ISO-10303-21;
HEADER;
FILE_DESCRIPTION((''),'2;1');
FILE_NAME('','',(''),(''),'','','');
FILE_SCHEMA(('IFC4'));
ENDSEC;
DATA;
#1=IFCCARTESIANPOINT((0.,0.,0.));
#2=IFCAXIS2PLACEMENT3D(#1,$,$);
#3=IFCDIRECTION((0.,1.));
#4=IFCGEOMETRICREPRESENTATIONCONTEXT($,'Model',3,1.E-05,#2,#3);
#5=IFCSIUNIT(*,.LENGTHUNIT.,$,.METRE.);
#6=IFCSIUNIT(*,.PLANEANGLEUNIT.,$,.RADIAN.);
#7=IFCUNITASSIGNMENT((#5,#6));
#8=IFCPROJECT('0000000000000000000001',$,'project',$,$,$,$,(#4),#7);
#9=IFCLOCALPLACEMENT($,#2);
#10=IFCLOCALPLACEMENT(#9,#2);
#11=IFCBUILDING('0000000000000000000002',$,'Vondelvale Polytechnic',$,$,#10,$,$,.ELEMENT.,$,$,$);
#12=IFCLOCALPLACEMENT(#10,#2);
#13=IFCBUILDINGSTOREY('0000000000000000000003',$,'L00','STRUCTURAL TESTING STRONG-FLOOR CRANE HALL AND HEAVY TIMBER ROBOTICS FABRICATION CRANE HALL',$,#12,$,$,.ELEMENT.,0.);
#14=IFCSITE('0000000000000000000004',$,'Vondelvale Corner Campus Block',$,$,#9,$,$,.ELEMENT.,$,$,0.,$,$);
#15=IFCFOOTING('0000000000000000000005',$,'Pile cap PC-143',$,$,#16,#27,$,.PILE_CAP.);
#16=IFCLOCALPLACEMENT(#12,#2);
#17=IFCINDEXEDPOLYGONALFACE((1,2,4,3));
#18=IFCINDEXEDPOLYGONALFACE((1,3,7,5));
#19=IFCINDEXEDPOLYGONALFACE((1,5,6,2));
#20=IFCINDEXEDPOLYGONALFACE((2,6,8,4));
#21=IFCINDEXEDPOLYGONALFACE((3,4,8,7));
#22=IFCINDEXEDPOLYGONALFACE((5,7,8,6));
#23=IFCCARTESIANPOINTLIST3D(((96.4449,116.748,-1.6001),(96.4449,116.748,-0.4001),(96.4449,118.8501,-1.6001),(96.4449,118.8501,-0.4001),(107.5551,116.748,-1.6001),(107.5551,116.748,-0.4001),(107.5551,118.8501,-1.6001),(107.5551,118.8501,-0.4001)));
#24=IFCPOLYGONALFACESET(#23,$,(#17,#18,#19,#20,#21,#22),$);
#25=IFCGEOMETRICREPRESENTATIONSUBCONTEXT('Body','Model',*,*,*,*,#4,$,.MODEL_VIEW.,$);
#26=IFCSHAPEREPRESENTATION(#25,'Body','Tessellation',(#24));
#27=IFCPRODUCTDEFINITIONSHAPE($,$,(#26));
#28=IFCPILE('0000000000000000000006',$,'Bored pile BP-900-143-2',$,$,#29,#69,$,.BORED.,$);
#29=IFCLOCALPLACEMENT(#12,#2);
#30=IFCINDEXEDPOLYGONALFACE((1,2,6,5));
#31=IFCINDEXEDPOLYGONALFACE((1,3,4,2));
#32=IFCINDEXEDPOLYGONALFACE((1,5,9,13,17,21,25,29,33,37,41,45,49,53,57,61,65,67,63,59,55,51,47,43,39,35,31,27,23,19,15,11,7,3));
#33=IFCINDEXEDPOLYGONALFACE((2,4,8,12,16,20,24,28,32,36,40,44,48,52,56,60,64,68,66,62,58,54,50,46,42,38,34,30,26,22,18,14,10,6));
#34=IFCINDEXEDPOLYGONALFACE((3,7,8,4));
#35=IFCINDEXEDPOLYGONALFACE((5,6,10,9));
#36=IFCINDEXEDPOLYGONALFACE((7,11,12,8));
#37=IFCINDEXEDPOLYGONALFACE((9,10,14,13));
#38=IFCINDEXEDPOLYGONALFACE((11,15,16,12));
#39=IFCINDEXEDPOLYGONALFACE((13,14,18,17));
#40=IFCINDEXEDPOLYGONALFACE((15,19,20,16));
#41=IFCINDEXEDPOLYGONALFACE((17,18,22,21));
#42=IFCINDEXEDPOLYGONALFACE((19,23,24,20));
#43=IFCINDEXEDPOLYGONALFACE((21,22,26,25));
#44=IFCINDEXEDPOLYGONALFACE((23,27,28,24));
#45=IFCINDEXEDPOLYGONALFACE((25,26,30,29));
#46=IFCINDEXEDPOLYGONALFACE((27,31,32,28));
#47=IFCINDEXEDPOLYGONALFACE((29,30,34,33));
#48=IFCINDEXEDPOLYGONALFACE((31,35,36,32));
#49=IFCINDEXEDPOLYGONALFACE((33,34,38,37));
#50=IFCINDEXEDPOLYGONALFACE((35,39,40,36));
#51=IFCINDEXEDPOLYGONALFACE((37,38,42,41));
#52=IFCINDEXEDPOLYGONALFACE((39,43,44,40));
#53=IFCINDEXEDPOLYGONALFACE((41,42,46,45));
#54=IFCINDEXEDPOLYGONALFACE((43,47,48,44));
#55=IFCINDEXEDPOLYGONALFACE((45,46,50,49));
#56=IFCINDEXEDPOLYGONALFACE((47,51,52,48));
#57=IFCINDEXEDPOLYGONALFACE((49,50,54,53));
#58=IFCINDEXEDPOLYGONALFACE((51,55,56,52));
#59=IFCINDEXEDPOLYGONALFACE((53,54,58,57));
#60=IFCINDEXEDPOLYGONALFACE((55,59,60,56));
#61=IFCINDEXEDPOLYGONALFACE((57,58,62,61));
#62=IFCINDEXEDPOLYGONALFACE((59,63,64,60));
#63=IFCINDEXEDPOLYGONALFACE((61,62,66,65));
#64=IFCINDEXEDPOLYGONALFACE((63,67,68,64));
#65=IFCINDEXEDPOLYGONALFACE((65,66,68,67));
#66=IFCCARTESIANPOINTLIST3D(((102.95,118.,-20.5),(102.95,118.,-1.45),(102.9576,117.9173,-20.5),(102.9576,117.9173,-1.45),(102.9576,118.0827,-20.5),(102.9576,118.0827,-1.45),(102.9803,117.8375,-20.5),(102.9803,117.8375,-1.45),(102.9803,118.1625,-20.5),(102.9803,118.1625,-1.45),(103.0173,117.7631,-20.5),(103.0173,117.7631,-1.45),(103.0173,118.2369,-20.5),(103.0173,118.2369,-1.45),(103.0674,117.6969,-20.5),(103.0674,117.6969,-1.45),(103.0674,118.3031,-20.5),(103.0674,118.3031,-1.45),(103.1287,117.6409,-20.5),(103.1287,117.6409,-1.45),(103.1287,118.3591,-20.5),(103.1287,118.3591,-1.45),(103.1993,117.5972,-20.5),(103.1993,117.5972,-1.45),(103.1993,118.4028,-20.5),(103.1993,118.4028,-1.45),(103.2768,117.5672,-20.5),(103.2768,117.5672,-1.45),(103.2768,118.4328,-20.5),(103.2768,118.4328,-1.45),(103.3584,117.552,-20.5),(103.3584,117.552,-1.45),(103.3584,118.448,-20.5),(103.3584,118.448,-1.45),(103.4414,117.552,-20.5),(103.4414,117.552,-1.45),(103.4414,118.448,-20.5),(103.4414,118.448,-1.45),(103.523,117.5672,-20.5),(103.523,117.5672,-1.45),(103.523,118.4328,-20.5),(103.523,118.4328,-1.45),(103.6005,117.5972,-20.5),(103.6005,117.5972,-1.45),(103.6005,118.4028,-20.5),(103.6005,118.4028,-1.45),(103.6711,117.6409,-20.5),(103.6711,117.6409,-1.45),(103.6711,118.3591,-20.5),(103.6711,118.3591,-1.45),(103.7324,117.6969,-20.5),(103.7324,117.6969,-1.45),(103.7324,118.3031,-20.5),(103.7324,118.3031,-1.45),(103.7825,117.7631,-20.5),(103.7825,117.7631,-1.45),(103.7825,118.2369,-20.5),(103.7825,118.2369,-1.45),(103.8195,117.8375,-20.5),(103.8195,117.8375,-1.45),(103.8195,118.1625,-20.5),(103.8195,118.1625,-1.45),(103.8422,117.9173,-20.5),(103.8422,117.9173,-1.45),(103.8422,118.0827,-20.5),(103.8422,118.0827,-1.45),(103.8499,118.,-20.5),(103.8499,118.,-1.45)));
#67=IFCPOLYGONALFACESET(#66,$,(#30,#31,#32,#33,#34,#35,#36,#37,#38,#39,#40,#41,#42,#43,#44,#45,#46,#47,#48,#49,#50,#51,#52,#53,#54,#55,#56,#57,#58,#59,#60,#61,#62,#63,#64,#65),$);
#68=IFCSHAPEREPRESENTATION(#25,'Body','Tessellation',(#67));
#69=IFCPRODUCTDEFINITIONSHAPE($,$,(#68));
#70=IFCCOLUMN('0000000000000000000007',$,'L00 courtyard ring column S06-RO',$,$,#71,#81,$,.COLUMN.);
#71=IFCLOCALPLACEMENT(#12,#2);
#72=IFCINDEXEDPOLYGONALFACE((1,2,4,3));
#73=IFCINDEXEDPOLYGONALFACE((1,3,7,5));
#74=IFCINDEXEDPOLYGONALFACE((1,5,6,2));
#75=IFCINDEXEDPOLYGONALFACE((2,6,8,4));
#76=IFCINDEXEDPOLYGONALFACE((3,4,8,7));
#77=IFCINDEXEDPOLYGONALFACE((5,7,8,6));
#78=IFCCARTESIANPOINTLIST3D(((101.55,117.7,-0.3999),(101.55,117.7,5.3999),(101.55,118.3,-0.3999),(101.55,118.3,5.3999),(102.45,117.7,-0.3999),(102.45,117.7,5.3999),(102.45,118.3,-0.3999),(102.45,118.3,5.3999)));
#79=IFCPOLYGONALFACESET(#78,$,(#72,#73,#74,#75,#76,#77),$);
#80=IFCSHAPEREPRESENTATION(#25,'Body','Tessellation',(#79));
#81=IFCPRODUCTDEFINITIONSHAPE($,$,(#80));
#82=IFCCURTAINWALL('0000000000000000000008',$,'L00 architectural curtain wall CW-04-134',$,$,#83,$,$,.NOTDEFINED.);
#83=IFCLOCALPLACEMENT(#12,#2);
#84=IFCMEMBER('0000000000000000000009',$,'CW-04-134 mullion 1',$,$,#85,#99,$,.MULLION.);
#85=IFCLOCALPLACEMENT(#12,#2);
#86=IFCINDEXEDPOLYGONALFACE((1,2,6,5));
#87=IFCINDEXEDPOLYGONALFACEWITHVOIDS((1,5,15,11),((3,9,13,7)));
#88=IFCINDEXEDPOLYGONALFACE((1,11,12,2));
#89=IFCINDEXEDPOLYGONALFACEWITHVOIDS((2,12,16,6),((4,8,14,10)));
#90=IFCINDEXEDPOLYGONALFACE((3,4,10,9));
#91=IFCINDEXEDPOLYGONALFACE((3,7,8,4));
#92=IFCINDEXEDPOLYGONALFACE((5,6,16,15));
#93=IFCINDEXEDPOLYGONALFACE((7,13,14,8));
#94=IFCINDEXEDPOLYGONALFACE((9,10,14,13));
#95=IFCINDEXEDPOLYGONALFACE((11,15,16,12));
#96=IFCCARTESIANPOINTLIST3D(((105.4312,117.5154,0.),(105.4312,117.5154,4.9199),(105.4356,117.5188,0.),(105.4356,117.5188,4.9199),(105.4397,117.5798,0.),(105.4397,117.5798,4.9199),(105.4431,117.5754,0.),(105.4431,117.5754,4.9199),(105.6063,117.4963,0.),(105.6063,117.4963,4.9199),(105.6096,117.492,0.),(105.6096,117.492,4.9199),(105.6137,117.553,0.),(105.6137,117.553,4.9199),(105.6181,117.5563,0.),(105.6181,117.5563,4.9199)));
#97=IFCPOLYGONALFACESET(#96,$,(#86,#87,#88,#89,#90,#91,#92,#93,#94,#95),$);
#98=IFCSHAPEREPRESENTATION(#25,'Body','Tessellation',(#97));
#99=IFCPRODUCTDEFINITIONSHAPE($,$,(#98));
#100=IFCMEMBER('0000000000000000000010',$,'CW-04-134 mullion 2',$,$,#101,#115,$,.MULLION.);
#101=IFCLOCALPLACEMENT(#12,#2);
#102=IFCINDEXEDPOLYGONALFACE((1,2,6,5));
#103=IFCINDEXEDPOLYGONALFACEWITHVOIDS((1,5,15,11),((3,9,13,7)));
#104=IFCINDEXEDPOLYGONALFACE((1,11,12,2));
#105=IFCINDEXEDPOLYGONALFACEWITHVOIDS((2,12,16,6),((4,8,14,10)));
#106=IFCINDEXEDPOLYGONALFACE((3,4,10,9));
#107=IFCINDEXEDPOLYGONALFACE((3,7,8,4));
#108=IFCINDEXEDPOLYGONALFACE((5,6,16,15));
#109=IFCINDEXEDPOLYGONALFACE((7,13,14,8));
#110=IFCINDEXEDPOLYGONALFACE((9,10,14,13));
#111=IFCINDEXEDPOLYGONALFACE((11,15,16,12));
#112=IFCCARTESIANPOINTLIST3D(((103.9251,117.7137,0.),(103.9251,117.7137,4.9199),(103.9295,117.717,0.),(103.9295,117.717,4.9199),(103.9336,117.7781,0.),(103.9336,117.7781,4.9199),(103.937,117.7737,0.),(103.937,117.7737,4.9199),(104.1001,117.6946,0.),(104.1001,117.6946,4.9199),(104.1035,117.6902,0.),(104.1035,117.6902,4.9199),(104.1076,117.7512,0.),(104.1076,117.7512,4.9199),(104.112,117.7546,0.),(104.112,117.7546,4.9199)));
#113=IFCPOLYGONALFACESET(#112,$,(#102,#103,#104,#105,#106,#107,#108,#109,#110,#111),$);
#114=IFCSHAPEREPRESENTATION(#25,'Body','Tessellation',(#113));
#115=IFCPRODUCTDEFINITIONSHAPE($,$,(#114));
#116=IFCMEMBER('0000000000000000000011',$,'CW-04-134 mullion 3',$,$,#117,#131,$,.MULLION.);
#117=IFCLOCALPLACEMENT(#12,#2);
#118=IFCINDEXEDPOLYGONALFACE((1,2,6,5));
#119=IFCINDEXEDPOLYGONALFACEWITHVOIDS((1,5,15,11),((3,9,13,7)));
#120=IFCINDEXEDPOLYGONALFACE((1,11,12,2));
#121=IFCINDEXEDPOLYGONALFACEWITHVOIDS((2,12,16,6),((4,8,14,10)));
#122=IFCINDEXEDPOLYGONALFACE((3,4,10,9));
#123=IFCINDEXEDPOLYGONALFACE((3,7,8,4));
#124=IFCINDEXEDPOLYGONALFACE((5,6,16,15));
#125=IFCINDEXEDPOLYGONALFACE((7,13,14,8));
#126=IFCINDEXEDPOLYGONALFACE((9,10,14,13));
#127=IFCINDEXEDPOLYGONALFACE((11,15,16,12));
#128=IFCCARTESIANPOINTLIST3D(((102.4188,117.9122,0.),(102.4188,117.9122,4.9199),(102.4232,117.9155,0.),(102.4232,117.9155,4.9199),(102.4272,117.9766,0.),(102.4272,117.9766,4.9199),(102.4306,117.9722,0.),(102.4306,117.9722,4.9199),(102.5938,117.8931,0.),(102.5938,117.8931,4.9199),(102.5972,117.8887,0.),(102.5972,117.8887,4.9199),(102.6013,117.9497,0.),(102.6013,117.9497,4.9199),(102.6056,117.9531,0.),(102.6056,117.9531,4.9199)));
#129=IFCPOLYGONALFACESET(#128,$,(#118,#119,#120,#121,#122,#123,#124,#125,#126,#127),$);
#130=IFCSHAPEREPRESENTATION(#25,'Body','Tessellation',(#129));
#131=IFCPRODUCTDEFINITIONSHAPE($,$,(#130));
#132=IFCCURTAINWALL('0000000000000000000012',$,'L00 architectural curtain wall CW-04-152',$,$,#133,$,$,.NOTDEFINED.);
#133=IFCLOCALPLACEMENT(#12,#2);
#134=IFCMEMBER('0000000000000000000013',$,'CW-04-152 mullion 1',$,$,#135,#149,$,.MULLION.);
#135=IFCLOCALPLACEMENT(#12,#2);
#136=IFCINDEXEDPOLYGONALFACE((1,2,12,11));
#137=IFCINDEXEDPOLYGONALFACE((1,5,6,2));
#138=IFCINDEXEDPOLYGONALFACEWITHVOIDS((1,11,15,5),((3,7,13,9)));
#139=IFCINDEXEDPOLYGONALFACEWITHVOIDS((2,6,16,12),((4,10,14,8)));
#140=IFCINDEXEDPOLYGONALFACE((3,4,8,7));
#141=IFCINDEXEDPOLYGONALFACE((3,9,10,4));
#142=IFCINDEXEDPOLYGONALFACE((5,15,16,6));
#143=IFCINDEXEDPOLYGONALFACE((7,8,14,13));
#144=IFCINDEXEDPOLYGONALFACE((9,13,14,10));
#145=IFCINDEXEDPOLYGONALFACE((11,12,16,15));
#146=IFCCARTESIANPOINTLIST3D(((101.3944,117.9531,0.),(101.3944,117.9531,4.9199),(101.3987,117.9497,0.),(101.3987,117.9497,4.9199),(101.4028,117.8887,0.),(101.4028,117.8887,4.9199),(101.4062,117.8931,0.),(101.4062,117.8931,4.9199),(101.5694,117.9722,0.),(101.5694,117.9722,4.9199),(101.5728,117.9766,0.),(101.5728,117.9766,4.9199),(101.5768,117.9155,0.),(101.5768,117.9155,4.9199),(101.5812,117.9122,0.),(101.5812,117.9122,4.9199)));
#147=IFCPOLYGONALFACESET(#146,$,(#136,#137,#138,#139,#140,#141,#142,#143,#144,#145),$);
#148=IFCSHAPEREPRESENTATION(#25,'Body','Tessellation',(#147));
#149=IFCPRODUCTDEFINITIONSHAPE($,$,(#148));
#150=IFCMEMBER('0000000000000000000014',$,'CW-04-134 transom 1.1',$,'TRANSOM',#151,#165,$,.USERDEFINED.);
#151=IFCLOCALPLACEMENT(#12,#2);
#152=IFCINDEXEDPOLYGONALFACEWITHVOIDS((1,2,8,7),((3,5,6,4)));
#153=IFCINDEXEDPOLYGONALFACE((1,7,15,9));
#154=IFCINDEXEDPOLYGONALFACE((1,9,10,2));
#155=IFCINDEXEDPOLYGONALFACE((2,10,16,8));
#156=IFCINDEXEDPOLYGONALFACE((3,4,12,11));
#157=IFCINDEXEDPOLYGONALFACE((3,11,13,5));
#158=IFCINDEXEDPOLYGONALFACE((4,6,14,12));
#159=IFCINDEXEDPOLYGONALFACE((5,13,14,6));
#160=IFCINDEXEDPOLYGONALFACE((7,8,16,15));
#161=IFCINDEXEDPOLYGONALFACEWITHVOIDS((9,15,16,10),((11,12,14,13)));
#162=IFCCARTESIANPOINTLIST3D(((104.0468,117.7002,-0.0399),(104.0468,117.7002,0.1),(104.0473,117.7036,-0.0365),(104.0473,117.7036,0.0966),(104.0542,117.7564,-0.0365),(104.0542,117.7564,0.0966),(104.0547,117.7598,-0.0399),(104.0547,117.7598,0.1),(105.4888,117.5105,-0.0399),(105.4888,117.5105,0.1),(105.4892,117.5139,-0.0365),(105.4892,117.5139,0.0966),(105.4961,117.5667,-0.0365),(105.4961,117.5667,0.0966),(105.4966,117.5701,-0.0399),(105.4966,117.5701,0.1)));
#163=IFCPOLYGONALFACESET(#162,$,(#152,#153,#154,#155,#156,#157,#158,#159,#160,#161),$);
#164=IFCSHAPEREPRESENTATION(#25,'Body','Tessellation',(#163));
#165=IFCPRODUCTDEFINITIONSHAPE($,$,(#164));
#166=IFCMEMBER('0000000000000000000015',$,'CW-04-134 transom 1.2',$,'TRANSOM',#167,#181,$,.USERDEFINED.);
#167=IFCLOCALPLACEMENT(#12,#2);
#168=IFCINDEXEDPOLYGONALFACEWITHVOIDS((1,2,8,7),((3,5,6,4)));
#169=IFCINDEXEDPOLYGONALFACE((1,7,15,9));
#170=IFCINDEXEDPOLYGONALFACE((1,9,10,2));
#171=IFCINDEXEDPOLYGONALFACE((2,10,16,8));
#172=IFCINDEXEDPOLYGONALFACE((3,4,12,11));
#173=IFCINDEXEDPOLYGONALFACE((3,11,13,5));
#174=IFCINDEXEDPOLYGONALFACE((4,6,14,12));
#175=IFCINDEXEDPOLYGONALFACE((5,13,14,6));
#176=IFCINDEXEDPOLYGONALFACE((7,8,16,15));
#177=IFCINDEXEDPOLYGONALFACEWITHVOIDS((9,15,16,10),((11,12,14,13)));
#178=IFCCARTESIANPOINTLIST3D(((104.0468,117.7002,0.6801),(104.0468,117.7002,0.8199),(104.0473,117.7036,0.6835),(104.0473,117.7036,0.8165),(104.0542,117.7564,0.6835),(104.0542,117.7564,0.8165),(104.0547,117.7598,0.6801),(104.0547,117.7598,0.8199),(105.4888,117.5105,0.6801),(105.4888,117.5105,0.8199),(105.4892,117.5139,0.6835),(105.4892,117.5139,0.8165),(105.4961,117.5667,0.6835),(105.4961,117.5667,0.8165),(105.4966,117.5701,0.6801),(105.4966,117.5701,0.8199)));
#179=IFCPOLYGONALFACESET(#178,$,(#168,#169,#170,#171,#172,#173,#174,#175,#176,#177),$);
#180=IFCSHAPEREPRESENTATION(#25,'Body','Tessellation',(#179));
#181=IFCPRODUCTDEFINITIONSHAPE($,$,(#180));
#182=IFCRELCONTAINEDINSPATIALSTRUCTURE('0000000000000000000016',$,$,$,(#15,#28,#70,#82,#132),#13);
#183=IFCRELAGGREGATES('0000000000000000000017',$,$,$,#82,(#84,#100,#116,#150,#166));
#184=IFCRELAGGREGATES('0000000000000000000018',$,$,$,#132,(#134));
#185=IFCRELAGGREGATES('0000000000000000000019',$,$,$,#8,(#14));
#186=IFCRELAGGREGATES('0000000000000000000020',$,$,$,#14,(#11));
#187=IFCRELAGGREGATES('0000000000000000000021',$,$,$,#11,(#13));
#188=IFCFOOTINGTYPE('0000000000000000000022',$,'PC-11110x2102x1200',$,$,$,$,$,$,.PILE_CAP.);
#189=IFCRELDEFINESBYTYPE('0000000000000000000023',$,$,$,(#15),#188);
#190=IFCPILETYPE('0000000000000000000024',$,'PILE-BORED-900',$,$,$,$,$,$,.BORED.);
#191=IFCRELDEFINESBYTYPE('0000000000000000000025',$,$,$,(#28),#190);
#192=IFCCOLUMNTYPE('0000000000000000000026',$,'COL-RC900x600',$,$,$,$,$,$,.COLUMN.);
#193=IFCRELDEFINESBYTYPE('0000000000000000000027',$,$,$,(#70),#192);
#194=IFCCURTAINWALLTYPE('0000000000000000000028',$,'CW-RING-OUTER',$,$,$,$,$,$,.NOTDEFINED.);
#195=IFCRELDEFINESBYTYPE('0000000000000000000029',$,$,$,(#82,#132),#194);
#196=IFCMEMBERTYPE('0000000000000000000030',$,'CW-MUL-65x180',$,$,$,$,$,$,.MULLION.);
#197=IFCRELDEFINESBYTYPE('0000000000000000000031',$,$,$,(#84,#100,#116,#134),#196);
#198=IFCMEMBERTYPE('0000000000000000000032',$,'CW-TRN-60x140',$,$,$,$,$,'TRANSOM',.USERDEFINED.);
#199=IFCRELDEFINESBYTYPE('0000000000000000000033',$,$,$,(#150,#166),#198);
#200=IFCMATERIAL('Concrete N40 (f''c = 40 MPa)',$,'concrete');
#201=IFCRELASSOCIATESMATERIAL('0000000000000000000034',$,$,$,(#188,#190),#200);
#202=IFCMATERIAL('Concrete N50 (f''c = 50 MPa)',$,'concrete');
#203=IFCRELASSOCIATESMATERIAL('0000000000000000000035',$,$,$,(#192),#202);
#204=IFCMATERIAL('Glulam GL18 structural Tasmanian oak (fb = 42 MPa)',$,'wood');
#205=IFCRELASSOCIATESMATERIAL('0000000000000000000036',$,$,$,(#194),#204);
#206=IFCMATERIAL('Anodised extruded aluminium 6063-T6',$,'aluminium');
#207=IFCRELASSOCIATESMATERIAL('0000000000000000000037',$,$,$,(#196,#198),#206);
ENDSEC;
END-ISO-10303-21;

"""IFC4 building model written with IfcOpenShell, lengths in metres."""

from ifc_helpers import new_model, si_unit, direction, frame, origin, origin_2d, place, context, subcontext, project, spatial, rectangle, hollow_rectangle, circle, extrude, material, material_profile, profile_set, type_object, element, aggregate, save


model = new_model("IFC4")

# Units and contexts
model_context = context("Model", 3, precision=1e-05, world=origin(), true_north=direction((0.0, 1.0)))
body_context = subcontext(model_context, "Body", "Model", "MODEL_VIEW")
ifc_project = project(units=[si_unit("LENGTHUNIT", "METRE"), si_unit("PLANEANGLEUNIT", "RADIAN")], contexts=[model_context])

# Site, building, storey
site_placement = place(None, origin())
site = spatial("IfcSite", under=ifc_project, at=site_placement, Name="Vondelvale Corner Campus Block", CompositionType="ELEMENT", RefElevation=0.0)
building_placement = place(site_placement, origin())
building = spatial("IfcBuilding", under=site, at=building_placement, Name="Vondelvale Polytechnic", CompositionType="ELEMENT")
storey_placement = place(building_placement, origin())
storey = spatial("IfcBuildingStorey", under=building, at=storey_placement, Name="L00", Description="STRUCTURAL TESTING STRONG-FLOOR CRANE HALL AND HEAVY TIMBER ROBOTICS FABRICATION CRANE HALL", CompositionType="ELEMENT", Elevation=0.0)

# Footing
ifc_material_1 = material(Name="Concrete N40 (f'c = 40 MPa)", Category="concrete")
footing_type = type_object("IfcFootingType", Name="PC-11110x2102x1200", PredefinedType="PILE_CAP", material=ifc_material_1)
footing_placement = place(storey_placement, frame((102.0, 117.7991, -1.6001), z_axis=(0.0, 0.0, 1.0), x_axis=(1.0, 0.0, 0.0)))
element("IfcFooting", 1, at=footing_placement, inside=storey, type_object=footing_type, Name="Pile cap PC-143", PredefinedType="PILE_CAP", context=body_context, shape_type="SweptSolid", body=[
    extrude(rectangle(XDim=11.1101, YDim=2.1021, at=origin_2d()), origin(), (0.0, 0.0, 1.0), 1.2),
])

# Pile
ifc_material_profile_1 = material_profile(ifc_material_1, circle(Radius=0.45, at=origin_2d()), Name="PILE-D900")
ifc_profile_set_1 = profile_set([ifc_material_profile_1], Name="Concrete N40 (f'c = 40 MPa)")
pile_type = type_object("IfcPileType", Name="PILE-BORED-900", PredefinedType="BORED", material=ifc_profile_set_1)
pile_placement = place(storey_placement, frame((103.3999, 118.0, -1.45), z_axis=(0.0, 0.0, -1.0), x_axis=(1.0, 0.0, 0.0)))
element("IfcPile", 2, at=pile_placement, inside=storey, type_object=pile_type, Name="Bored pile BP-900-143-2", PredefinedType="BORED", context=body_context, shape_type="SweptSolid", body=[
    extrude(circle(Radius=0.45, at=origin_2d()), origin(), (0.0, 0.0, 1.0), 19.05),
])

# Column
ifc_material_2 = material(Name="Concrete N50 (f'c = 50 MPa)", Category="concrete")
ifc_material_profile_2 = material_profile(ifc_material_2, rectangle(XDim=0.6001, YDim=0.8999, at=origin_2d()), Name="RC-COL-900x600")
ifc_profile_set_2 = profile_set([ifc_material_profile_2], Name="Concrete N50 (f'c = 50 MPa)")
column_type = type_object("IfcColumnType", Name="COL-RC900x600", PredefinedType="COLUMN", material=ifc_profile_set_2)
column_placement = place(storey_placement, frame((102.0, 118.0, -0.3999), z_axis=(0.0, 0.0, 1.0), x_axis=(0.0, 1.0, 0.0)))
element("IfcColumn", 3, at=column_placement, inside=storey, type_object=column_type, Name="L00 courtyard ring column S06-RO", PredefinedType="COLUMN", context=body_context, shape_type="SweptSolid", body=[
    extrude(rectangle(XDim=0.6001, YDim=0.8999, at=origin_2d()), origin(), (0.0, 0.0, 1.0), 5.7998),
])

# Curtain wall, members
ifc_material_3 = material(Name="Glulam GL18 structural Tasmanian oak (fb = 42 MPa)", Category="wood")
curtain_wall_type = type_object("IfcCurtainWallType", Name="CW-RING-OUTER", PredefinedType="NOTDEFINED", material=ifc_material_3)
curtain_wall_1_placement = place(storey_placement, origin())
curtain_wall_1 = element("IfcCurtainWall", 4, at=curtain_wall_1_placement, inside=storey, type_object=curtain_wall_type, Name="L00 architectural curtain wall CW-04-134", PredefinedType="NOTDEFINED")
ifc_material_4 = material(Name="Anodised extruded aluminium 6063-T6", Category="aluminium")
ifc_material_profile_3 = material_profile(ifc_material_4, hollow_rectangle(XDim=0.0649, YDim=0.1799, WallThickness=0.0039, at=origin_2d()), Name="CW-MUL-180x65")
ifc_profile_set_3 = profile_set([ifc_material_profile_3], Name="Anodised extruded aluminium 6063-T6")
member_type_1 = type_object("IfcMemberType", Name="CW-MUL-65x180", PredefinedType="MULLION", material=ifc_profile_set_3)
member_1_placement = place(storey_placement, frame((105.5247, 117.5359, 0.0), z_axis=(0.0, 0.0, 1.0), x_axis=(-0.130524, -0.991445, 0.0)))
member_1 = element("IfcMember", 5, at=member_1_placement, type_object=member_type_1, Name="CW-04-134 mullion 1", PredefinedType="MULLION", context=body_context, shape_type="SweptSolid", body=[
    extrude(hollow_rectangle(XDim=0.0649, YDim=0.1799, WallThickness=0.0039, at=origin_2d()), origin(), (0.0, 0.0, 1.0), 4.9199),
])
member_2_placement = place(storey_placement, frame((104.0186, 117.7341, 0.0), z_axis=(0.0, 0.0, 1.0), x_axis=(-0.130524, -0.991445, 0.0)))
member_2 = element("IfcMember", 6, at=member_2_placement, type_object=member_type_1, Name="CW-04-134 mullion 2", PredefinedType="MULLION", context=body_context, shape_type="SweptSolid", body=[
    extrude(hollow_rectangle(XDim=0.0649, YDim=0.1799, WallThickness=0.0039, at=origin_2d()), origin(), (0.0, 0.0, 1.0), 4.9199),
])
member_3_placement = place(storey_placement, frame((102.5122, 117.9326, 0.0), z_axis=(0.0, 0.0, 1.0), x_axis=(-0.130524, -0.991445, 0.0)))
member_3 = element("IfcMember", 7, at=member_3_placement, type_object=member_type_1, Name="CW-04-134 mullion 3", PredefinedType="MULLION", context=body_context, shape_type="SweptSolid", body=[
    extrude(hollow_rectangle(XDim=0.0649, YDim=0.1799, WallThickness=0.0039, at=origin_2d()), origin(), (0.0, 0.0, 1.0), 4.9199),
])

# Curtain wall, member
curtain_wall_2_placement = place(storey_placement, origin())
curtain_wall_2 = element("IfcCurtainWall", 8, at=curtain_wall_2_placement, inside=storey, type_object=curtain_wall_type, Name="L00 architectural curtain wall CW-04-152", PredefinedType="NOTDEFINED")
member_4_placement = place(storey_placement, frame((101.4878, 117.9326, 0.0), z_axis=(0.0, 0.0, 1.0), x_axis=(0.130524, -0.991445, 0.0)))
member_4 = element("IfcMember", 9, at=member_4_placement, type_object=member_type_1, Name="CW-04-152 mullion 1", PredefinedType="MULLION", context=body_context, shape_type="SweptSolid", body=[
    extrude(hollow_rectangle(XDim=0.0649, YDim=0.1799, WallThickness=0.0039, at=origin_2d()), origin(), (0.0, 0.0, 1.0), 4.9199),
])

# Members
ifc_material_profile_4 = material_profile(ifc_material_4, hollow_rectangle(XDim=0.0601, YDim=0.1399, WallThickness=0.0034, at=origin_2d()), Name="CW-TRN-140x60")
ifc_profile_set_4 = profile_set([ifc_material_profile_4], Name="Anodised extruded aluminium 6063-T6")
member_type_2 = type_object("IfcMemberType", Name="CW-TRN-60x140", ElementType="TRANSOM", PredefinedType="USERDEFINED", material=ifc_profile_set_4)
member_5_placement = place(storey_placement, frame((105.4927, 117.5403, 0.03), z_axis=(-0.991457, 0.130437, 0.0), x_axis=(-0.130437, -0.991457, 0.0)))
member_5 = element("IfcMember", 10, at=member_5_placement, type_object=member_type_2, Name="CW-04-134 transom 1.1", ObjectType="TRANSOM", PredefinedType="USERDEFINED", context=body_context, shape_type="SweptSolid", body=[
    extrude(hollow_rectangle(XDim=0.0601, YDim=0.1399, WallThickness=0.0034, at=origin_2d()), origin(), (0.0, 0.0, 1.0), 1.4543),
])
member_6_placement = place(storey_placement, frame((105.4927, 117.5403, 0.75), z_axis=(-0.991457, 0.130437, 0.0), x_axis=(-0.130437, -0.991457, 0.0)))
member_6 = element("IfcMember", 11, at=member_6_placement, type_object=member_type_2, Name="CW-04-134 transom 1.2", ObjectType="TRANSOM", PredefinedType="USERDEFINED", context=body_context, shape_type="SweptSolid", body=[
    extrude(hollow_rectangle(XDim=0.0601, YDim=0.1399, WallThickness=0.0034, at=origin_2d()), origin(), (0.0, 0.0, 1.0), 1.4543),
])

aggregate(curtain_wall_1, [member_1, member_2, member_3, member_5, member_6])
aggregate(curtain_wall_2, [member_4])

save(model, "model.ifc")
